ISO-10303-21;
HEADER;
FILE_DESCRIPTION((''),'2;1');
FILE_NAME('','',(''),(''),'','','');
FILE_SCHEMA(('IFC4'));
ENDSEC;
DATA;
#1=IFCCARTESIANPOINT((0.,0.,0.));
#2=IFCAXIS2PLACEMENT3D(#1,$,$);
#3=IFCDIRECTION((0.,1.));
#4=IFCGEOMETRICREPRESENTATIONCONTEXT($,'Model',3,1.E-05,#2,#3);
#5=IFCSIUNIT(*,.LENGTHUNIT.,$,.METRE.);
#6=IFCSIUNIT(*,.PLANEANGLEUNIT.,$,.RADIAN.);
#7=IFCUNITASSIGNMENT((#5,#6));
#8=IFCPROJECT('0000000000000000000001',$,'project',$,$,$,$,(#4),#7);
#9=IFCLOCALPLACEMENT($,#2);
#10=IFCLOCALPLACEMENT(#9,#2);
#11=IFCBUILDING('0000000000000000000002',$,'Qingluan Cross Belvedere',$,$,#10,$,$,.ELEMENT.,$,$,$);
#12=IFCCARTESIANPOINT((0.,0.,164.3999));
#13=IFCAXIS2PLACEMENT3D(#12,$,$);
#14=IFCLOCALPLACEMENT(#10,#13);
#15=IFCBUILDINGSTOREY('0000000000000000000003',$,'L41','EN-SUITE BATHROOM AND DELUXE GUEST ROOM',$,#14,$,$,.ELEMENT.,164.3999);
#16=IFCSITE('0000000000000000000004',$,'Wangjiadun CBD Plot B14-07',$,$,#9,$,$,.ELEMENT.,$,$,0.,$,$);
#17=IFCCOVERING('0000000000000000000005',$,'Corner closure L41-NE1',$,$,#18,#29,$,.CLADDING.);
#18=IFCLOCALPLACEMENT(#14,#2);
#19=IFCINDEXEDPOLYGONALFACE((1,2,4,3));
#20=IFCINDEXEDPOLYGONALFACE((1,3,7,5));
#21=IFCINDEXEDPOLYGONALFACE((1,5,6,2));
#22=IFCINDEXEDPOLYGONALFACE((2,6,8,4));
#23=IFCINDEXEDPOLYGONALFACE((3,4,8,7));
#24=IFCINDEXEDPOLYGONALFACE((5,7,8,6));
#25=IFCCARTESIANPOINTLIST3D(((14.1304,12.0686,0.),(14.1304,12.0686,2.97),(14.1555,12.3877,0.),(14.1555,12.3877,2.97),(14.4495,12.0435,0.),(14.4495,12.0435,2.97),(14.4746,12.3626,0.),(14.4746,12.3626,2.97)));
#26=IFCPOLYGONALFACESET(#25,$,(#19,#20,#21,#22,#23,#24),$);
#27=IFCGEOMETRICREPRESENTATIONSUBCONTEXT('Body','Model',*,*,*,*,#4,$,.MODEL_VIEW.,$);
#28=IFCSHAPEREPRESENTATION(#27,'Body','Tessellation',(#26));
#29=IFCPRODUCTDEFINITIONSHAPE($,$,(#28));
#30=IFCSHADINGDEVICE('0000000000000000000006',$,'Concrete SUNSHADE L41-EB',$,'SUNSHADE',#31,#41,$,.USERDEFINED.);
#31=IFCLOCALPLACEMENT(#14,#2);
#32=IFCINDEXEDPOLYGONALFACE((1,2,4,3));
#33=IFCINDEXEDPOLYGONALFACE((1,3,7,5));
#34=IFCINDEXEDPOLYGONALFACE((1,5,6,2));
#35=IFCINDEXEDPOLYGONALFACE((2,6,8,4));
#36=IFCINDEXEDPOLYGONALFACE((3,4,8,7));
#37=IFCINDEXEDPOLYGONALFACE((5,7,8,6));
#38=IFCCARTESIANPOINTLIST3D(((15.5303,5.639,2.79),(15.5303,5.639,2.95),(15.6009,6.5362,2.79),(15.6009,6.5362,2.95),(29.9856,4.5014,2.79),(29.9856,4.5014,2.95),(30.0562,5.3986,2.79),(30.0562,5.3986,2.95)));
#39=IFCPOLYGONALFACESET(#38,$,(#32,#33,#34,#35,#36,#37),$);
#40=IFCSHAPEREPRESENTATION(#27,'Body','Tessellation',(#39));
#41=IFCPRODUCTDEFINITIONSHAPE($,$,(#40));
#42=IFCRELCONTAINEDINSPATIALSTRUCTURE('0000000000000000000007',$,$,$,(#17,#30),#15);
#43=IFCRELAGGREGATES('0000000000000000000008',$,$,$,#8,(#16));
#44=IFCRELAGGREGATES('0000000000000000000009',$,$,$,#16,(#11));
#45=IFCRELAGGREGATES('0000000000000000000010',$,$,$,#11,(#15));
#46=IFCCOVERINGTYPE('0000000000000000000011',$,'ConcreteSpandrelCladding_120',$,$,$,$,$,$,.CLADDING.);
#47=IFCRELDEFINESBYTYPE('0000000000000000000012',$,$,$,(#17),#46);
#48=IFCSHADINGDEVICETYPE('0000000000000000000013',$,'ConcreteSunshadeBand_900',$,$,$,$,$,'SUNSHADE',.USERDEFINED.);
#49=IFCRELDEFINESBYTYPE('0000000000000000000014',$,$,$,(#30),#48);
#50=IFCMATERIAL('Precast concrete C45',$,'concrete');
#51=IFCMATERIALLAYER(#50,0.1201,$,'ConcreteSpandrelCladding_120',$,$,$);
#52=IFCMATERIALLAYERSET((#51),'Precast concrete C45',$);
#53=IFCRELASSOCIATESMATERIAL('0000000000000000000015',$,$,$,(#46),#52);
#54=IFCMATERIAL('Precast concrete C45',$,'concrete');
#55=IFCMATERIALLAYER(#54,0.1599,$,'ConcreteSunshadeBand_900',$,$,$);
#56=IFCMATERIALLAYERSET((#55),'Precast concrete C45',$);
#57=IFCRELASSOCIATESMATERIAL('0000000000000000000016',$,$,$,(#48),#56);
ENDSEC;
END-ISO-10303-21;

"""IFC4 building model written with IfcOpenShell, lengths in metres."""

from ifc_helpers import new_model, si_unit, direction, frame, origin, origin_2d, place, context, subcontext, project, spatial, rectangle, extrude, material, layer, layer_set, type_object, element, save


model = new_model("IFC4")

# Units and contexts
model_context = context("Model", 3, precision=1e-05, world=origin(), true_north=direction((0.0, 1.0)))
body_context = subcontext(model_context, "Body", "Model", "MODEL_VIEW")
ifc_project = project(units=[si_unit("LENGTHUNIT", "METRE"), si_unit("PLANEANGLEUNIT", "RADIAN")], contexts=[model_context])

# Site, building, storey
site_placement = place(None, origin())
site = spatial("IfcSite", under=ifc_project, at=site_placement, Name="Wangjiadun CBD Plot B14-07", CompositionType="ELEMENT", RefElevation=0.0)
building_placement = place(site_placement, origin())
building = spatial("IfcBuilding", under=site, at=building_placement, Name="Qingluan Cross Belvedere", CompositionType="ELEMENT")
storey_placement = place(building_placement, frame((0.0, 0.0, 164.3999)))
storey = spatial("IfcBuildingStorey", under=building, at=storey_placement, Name="L41", Description="EN-SUITE BATHROOM AND DELUXE GUEST ROOM", CompositionType="ELEMENT", Elevation=164.3999)

# Covering
ifc_material_1 = material(Name="Precast concrete C45", Category="concrete")
ifc_layer_1 = layer(ifc_material_1, 0.1201, Name="ConcreteSpandrelCladding_120")
ifc_layer_set_1 = layer_set([ifc_layer_1], Name="Precast concrete C45")
covering_type = type_object("IfcCoveringType", Name="ConcreteSpandrelCladding_120", PredefinedType="CLADDING", material=ifc_layer_set_1)
covering_placement = place(storey_placement, frame((14.3025, 12.2156, 0.0), z_axis=(0.0, 0.0, 1.0), x_axis=(0.996917, -0.078459, 0.0)))
element("IfcCovering", 1, at=covering_placement, inside=storey, type_object=covering_type, Name="Corner closure L41-NE1", PredefinedType="CLADDING", context=body_context, shape_type="SweptSolid", body=[
    extrude(rectangle(XDim=0.3201, YDim=0.3201, at=origin_2d()), origin(), (0.0, 0.0, 1.0), 2.97),
])

# Shading device
ifc_material_2 = material(Name="Precast concrete C45", Category="concrete")
ifc_layer_2 = layer(ifc_material_2, 0.1599, Name="ConcreteSunshadeBand_900")
ifc_layer_set_2 = layer_set([ifc_layer_2], Name="Precast concrete C45")
shading_device_type = type_object("IfcShadingDeviceType", Name="ConcreteSunshadeBand_900", ElementType="SUNSHADE", PredefinedType="USERDEFINED", material=ifc_layer_set_2)
shading_device_placement = place(storey_placement, frame((22.7932, 5.5188, 2.79), z_axis=(0.0, 0.0, 1.0), x_axis=(-0.996918, 0.078456, 0.0)))
element("IfcShadingDevice", 2, at=shading_device_placement, inside=storey, type_object=shading_device_type, Name="Concrete SUNSHADE L41-EB", ObjectType="SUNSHADE", PredefinedType="USERDEFINED", context=body_context, shape_type="SweptSolid", body=[
    extrude(rectangle(XDim=14.5, YDim=0.8999, at=origin_2d()), origin(), (0.0, 0.0, 1.0), 0.1599),
])

save(model, "model.ifc")
